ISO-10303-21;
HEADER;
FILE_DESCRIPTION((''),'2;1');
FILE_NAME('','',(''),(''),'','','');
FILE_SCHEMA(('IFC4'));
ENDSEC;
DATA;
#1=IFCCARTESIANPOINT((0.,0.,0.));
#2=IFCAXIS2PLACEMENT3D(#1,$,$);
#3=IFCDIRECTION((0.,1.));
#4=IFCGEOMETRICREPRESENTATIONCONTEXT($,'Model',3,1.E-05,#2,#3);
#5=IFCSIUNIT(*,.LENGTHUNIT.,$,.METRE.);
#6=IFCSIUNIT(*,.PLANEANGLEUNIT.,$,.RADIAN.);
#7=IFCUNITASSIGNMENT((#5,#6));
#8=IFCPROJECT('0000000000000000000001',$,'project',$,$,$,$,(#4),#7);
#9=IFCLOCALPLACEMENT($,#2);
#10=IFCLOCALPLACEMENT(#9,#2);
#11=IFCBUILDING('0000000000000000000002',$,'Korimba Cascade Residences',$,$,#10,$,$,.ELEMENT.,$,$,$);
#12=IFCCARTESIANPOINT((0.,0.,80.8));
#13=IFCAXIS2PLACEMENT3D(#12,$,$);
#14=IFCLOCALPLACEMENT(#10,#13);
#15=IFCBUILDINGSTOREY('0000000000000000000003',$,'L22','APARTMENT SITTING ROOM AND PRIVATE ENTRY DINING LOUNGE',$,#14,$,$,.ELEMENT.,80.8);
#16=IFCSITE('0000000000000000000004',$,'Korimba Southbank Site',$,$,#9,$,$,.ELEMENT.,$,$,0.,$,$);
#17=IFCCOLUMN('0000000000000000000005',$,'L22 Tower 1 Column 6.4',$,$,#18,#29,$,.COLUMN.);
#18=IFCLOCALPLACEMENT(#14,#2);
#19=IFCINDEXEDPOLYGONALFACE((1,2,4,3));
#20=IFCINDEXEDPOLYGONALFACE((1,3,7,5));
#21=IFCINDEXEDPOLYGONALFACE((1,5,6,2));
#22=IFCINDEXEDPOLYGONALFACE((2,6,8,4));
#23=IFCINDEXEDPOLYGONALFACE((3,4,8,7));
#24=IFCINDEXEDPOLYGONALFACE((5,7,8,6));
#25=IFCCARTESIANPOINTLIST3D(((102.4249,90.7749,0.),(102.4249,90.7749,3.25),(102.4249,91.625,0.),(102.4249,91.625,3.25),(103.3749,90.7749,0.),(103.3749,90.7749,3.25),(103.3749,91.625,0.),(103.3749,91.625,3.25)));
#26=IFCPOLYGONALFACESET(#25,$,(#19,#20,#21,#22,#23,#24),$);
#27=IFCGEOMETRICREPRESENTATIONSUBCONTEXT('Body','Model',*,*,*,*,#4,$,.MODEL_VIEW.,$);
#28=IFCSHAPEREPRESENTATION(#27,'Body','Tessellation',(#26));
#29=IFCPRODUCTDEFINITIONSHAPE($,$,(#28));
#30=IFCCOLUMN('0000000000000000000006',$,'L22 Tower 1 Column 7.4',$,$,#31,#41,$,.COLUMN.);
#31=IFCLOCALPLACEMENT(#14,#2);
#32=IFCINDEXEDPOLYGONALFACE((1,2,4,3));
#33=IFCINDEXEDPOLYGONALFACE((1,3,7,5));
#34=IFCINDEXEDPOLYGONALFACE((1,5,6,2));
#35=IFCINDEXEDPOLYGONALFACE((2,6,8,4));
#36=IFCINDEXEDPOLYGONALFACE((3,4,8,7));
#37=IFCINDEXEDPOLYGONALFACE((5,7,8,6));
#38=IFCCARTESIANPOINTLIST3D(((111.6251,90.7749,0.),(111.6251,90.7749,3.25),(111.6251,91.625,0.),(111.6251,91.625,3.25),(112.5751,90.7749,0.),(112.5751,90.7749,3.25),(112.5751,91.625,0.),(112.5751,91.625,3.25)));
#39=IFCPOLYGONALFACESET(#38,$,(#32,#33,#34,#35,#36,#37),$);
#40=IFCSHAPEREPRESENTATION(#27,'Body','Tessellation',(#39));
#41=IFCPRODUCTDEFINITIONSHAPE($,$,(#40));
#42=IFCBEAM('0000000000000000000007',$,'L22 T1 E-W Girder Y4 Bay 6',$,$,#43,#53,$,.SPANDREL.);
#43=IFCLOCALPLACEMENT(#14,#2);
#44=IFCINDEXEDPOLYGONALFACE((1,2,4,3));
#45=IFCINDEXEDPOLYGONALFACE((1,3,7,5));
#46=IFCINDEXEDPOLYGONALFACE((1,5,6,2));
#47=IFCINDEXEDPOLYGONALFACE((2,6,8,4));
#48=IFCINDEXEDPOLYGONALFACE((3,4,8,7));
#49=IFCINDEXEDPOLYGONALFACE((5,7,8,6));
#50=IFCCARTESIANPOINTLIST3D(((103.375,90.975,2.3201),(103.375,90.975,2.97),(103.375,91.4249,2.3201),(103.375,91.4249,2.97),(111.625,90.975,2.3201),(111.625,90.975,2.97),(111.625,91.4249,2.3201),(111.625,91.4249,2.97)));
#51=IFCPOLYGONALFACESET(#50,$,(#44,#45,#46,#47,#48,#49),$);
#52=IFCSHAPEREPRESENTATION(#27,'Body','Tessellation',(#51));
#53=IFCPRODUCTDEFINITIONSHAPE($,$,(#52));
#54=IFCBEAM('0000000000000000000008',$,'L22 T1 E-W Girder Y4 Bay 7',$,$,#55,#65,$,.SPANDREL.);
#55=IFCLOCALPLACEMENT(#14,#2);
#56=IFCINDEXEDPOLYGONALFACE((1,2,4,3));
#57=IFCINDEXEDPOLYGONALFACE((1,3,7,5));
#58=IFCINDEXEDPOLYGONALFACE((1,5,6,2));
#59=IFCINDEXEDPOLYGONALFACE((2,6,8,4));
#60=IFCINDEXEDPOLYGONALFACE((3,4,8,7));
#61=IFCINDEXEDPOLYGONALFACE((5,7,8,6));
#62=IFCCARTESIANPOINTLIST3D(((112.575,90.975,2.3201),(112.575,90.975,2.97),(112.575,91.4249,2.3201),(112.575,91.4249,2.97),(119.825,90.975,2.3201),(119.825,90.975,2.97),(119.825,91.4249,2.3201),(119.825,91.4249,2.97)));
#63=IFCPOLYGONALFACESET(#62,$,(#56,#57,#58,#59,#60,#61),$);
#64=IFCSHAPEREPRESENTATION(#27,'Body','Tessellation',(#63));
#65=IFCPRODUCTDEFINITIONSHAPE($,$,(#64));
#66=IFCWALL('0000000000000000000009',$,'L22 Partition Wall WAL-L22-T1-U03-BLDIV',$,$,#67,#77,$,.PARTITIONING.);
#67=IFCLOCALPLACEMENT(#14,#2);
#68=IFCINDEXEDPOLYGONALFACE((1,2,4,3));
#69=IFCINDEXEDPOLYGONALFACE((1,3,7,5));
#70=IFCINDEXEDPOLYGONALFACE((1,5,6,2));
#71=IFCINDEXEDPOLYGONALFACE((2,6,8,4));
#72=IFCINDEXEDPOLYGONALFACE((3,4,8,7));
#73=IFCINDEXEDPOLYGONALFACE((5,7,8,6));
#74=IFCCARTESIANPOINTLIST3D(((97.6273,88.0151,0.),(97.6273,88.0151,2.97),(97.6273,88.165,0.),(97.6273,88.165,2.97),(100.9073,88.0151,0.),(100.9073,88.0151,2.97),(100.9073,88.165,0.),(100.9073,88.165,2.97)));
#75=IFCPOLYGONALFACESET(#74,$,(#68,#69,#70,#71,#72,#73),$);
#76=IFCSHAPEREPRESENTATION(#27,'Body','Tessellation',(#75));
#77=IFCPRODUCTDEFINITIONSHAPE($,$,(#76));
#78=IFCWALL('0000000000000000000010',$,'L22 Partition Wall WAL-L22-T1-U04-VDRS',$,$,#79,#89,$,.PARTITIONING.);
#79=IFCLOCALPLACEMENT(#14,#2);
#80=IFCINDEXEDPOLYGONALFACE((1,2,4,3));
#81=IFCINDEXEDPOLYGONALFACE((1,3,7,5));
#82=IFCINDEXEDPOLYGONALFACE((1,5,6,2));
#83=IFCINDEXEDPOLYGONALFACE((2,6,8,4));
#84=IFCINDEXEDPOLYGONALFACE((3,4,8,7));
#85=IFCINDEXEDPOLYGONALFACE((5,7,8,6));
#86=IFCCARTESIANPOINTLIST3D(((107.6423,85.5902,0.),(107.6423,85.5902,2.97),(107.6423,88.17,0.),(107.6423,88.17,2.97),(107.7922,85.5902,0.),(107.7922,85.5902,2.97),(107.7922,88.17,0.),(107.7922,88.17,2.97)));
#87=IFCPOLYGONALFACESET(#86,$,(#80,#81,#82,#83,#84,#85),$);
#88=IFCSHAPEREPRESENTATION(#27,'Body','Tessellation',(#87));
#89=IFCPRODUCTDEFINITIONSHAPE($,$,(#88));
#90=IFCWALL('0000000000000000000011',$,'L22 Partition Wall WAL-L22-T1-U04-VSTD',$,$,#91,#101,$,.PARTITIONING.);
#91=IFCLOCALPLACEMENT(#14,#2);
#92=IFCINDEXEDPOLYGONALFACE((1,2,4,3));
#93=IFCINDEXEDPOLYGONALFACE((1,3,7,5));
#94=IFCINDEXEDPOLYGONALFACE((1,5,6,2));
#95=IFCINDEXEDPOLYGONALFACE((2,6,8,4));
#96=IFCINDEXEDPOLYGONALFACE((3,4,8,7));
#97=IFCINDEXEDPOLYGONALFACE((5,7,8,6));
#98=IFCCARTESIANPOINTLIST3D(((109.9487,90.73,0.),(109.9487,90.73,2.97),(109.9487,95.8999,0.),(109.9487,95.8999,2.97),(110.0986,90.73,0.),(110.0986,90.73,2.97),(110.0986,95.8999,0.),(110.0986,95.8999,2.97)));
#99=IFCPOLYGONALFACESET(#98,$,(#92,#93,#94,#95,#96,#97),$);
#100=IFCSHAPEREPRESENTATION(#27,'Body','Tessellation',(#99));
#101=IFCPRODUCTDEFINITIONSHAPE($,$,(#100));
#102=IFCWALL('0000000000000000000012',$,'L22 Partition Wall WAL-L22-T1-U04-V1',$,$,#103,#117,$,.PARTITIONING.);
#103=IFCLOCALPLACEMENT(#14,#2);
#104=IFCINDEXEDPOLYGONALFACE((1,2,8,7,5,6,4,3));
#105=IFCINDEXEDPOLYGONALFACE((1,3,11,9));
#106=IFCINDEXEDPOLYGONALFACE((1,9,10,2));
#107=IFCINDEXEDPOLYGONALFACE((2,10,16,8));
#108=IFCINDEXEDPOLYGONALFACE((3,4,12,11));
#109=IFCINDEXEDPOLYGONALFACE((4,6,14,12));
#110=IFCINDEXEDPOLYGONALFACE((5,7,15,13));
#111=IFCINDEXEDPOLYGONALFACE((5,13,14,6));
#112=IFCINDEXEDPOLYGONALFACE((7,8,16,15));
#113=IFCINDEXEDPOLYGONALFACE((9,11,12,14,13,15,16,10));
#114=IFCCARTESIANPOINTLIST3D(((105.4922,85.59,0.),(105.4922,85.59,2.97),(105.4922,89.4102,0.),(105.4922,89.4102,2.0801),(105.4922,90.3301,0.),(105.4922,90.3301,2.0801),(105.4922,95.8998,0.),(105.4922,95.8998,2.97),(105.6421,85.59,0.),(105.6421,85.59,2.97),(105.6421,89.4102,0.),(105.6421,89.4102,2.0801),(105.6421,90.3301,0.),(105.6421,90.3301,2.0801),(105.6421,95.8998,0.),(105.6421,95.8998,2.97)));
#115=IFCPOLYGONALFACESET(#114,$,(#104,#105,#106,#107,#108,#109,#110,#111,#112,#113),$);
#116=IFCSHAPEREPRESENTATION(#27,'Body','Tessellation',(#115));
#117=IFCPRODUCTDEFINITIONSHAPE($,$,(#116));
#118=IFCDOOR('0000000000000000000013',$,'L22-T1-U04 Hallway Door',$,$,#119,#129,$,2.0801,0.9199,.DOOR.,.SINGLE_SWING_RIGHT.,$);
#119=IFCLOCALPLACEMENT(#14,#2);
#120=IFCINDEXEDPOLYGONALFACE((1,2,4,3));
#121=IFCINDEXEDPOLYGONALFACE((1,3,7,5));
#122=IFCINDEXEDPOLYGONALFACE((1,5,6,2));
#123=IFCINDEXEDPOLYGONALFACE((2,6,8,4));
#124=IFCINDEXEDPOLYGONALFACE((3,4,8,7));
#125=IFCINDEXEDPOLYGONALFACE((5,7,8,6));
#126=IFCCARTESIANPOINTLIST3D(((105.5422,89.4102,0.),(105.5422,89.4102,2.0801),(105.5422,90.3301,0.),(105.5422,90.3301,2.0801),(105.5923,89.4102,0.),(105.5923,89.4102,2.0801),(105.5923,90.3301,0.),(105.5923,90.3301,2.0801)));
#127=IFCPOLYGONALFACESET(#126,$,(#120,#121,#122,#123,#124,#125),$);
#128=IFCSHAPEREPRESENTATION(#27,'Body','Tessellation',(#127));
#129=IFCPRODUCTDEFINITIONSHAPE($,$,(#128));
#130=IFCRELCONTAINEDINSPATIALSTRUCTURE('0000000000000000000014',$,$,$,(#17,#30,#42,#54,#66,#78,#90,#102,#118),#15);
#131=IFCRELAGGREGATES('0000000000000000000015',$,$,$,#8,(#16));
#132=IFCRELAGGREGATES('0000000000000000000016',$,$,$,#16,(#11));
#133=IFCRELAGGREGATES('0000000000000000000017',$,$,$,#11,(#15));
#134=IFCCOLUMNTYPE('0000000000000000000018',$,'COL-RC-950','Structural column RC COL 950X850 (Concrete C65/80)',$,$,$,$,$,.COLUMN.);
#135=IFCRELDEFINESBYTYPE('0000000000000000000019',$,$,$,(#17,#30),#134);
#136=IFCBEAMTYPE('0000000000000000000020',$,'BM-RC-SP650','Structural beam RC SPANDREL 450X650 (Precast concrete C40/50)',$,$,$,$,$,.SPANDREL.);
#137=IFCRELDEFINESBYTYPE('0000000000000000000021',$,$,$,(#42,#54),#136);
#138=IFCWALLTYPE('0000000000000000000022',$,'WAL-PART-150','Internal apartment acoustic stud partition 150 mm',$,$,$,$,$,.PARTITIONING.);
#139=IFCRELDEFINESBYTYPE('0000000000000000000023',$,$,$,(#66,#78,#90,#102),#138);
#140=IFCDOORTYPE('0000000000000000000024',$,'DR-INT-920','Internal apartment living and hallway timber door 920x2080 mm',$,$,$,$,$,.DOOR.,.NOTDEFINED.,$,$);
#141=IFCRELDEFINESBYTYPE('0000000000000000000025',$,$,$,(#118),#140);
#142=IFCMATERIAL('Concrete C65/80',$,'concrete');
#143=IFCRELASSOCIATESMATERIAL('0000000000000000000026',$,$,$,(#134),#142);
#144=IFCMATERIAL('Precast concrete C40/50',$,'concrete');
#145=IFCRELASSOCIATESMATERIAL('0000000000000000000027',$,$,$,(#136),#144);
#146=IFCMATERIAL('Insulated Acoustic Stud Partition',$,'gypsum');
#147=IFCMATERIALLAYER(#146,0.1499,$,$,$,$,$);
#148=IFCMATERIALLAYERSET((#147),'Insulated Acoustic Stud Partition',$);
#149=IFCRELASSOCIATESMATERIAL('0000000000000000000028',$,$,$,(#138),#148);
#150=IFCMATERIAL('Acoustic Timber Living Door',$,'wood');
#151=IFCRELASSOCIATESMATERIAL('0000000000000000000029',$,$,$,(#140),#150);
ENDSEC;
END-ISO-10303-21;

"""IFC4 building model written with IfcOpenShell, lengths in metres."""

from ifc_helpers import new_model, si_unit, direction, frame, frame_2d, origin, origin_2d, place, context, subcontext, project, spatial, rectangle, extrude, material, layer, layer_set, material_profile, profile_set, type_object, element, fill, save


model = new_model("IFC4")

# Units and contexts
model_context = context("Model", 3, precision=1e-05, world=origin(), true_north=direction((0.0, 1.0)))
body_context = subcontext(model_context, "Body", "Model", "MODEL_VIEW")
ifc_project = project(units=[si_unit("LENGTHUNIT", "METRE"), si_unit("PLANEANGLEUNIT", "RADIAN")], contexts=[model_context])

# Site, building, storey
site_placement = place(None, origin())
site = spatial("IfcSite", under=ifc_project, at=site_placement, Name="Korimba Southbank Site", CompositionType="ELEMENT", RefElevation=0.0)
building_placement = place(site_placement, origin())
building = spatial("IfcBuilding", under=site, at=building_placement, Name="Korimba Cascade Residences", CompositionType="ELEMENT")
storey_placement = place(building_placement, frame((0.0, 0.0, 80.8)))
storey = spatial("IfcBuildingStorey", under=building, at=storey_placement, Name="L22", Description="APARTMENT SITTING ROOM AND PRIVATE ENTRY DINING LOUNGE", CompositionType="ELEMENT", Elevation=80.8)

# Columns
ifc_material_1 = material(Name="Concrete C65/80", Category="concrete")
ifc_material_profile_1 = material_profile(ifc_material_1, rectangle(XDim=0.95, YDim=0.8501, at=origin_2d()), Name="Concrete C65/80")
ifc_profile_set_1 = profile_set([ifc_material_profile_1], Name="Concrete C65/80")
column_type = type_object("IfcColumnType", Name="COL-RC-950", Description="Structural column RC COL 950X850 (Concrete C65/80)", PredefinedType="COLUMN", material=ifc_profile_set_1)
for number, where, z_axis, x_axis, name in (
    (1, (102.8999, 91.2, 0.0), (0.0, 0.0, 1.0), (1.0, 0.0, 0.0), "L22 Tower 1 Column 6.4"),
    (2, (112.1001, 91.2, 0.0), (0.0, 0.0, 1.0), (1.0, 0.0, 0.0), "L22 Tower 1 Column 7.4"),
):
    element("IfcColumn", number, at=place(storey_placement, frame(where, z_axis=z_axis, x_axis=x_axis)), inside=storey, type_object=column_type, Name=name, PredefinedType="COLUMN", context=body_context, shape_type="SweptSolid", body=[
        extrude(rectangle(XDim=0.95, YDim=0.8501, at=origin_2d()), origin(), (0.0, 0.0, 1.0), 3.25),
    ])

# Beams
ifc_material_2 = material(Name="Precast concrete C40/50", Category="concrete")
ifc_material_profile_2 = material_profile(ifc_material_2, rectangle(XDim=0.45, YDim=0.6499, at=origin_2d()), Name="Precast concrete C40/50")
ifc_profile_set_2 = profile_set([ifc_material_profile_2], Name="Precast concrete C40/50")
beam_type = type_object("IfcBeamType", Name="BM-RC-SP650", Description="Structural beam RC SPANDREL 450X650 (Precast concrete C40/50)", PredefinedType="SPANDREL", material=ifc_profile_set_2)
beam_1_placement = place(storey_placement, frame((103.375, 91.2, 2.645), z_axis=(1.0, 0.0, 0.0), x_axis=(0.0, 1.0, 0.0)))
element("IfcBeam", 3, at=beam_1_placement, inside=storey, type_object=beam_type, Name="L22 T1 E-W Girder Y4 Bay 6", PredefinedType="SPANDREL", context=body_context, shape_type="SweptSolid", body=[
    extrude(rectangle(XDim=0.45, YDim=0.6499, at=origin_2d()), origin(), (0.0, 0.0, 1.0), 8.25),
])
beam_2_placement = place(storey_placement, frame((112.575, 91.2, 2.645), z_axis=(1.0, 0.0, 0.0), x_axis=(0.0, 1.0, 0.0)))
element("IfcBeam", 4, at=beam_2_placement, inside=storey, type_object=beam_type, Name="L22 T1 E-W Girder Y4 Bay 7", PredefinedType="SPANDREL", context=body_context, shape_type="SweptSolid", body=[
    extrude(rectangle(XDim=0.45, YDim=0.6499, at=origin_2d()), origin(), (0.0, 0.0, 1.0), 7.25),
])

# Walls
ifc_material_3 = material(Name="Insulated Acoustic Stud Partition", Category="gypsum")
ifc_layer = layer(ifc_material_3, 0.1499)
ifc_layer_set = layer_set([ifc_layer], Name="Insulated Acoustic Stud Partition")
wall_type = type_object("IfcWallType", Name="WAL-PART-150", Description="Internal apartment acoustic stud partition 150 mm", PredefinedType="PARTITIONING", material=ifc_layer_set)
wall_1_placement = place(storey_placement, frame((97.6272, 88.0901, 0.0), z_axis=(0.0, 0.0, 1.0), x_axis=(1.0, 0.0, 0.0)))
element("IfcWall", 5, at=wall_1_placement, inside=storey, type_object=wall_type, Name="L22 Partition Wall WAL-L22-T1-U03-BLDIV", PredefinedType="PARTITIONING", context=body_context, shape_type="SweptSolid", body=[
    extrude(rectangle(XDim=3.28, YDim=0.1499, at=frame_2d((1.6401, 0.0))), origin(), (0.0, 0.0, 1.0), 2.97),
])
wall_2_placement = place(storey_placement, frame((107.7173, 85.5901, 0.0), z_axis=(0.0, 0.0, 1.0), x_axis=(0.0, 1.0, 0.0)))
element("IfcWall", 6, at=wall_2_placement, inside=storey, type_object=wall_type, Name="L22 Partition Wall WAL-L22-T1-U04-VDRS", PredefinedType="PARTITIONING", context=body_context, shape_type="SweptSolid", body=[
    extrude(rectangle(XDim=2.5798, YDim=0.1499, at=frame_2d((1.29, 0.0))), origin(), (0.0, 0.0, 1.0), 2.97),
])
wall_3_placement = place(storey_placement, frame((110.0237, 90.73, 0.0), z_axis=(0.0, 0.0, 1.0), x_axis=(0.0, 1.0, 0.0)))
element("IfcWall", 7, at=wall_3_placement, inside=storey, type_object=wall_type, Name="L22 Partition Wall WAL-L22-T1-U04-VSTD", PredefinedType="PARTITIONING", context=body_context, shape_type="SweptSolid", body=[
    extrude(rectangle(XDim=5.1699, YDim=0.1499, at=frame_2d((2.585, 0.0))), origin(), (0.0, 0.0, 1.0), 2.97),
])

# Wall, opening, door
wall_4_placement = place(storey_placement, frame((105.5671, 85.5901, 0.0), z_axis=(0.0, 0.0, 1.0), x_axis=(0.0, 1.0, 0.0)))
wall_4 = element("IfcWall", 8, at=wall_4_placement, inside=storey, type_object=wall_type, Name="L22 Partition Wall WAL-L22-T1-U04-V1", PredefinedType="PARTITIONING", context=body_context, shape_type="SweptSolid", body=[
    extrude(rectangle(XDim=10.3098, YDim=0.1499, at=frame_2d((5.1548, 0.0))), origin(), (0.0, 0.0, 1.0), 2.97),
])
opening_1_placement = place(wall_4_placement, frame((3.8201, 0.0, 0.0)))
opening_1 = element("IfcOpeningElement", 9, at=opening_1_placement, cuts=wall_4, PredefinedType="OPENING", context=body_context, shape_type="SweptSolid", body=[
    extrude(rectangle(XDim=0.9199, YDim=2.0801, at=frame_2d((0.46, 1.04))), frame((0.0, 0.085, 0.0), z_axis=(0.0, -1.0, 0.0), x_axis=(1.0, 0.0, 0.0)), (0.0, 0.0, 1.0), 0.1699),
])
ifc_material_4 = material(Name="Acoustic Timber Living Door", Category="wood")
door_type_1 = type_object("IfcDoorType", Name="DR-INT-920", Description="Internal apartment living and hallway timber door 920x2080 mm", OperationType="NOTDEFINED", PredefinedType="DOOR", material=ifc_material_4)
door_1_placement = place(opening_1_placement, origin())
door_1 = element("IfcDoor", 10, at=door_1_placement, inside=storey, type_object=door_type_1, Name="L22-T1-U04 Hallway Door", OperationType="SINGLE_SWING_RIGHT", OverallHeight=2.0801, OverallWidth=0.9199, PredefinedType="DOOR", context=body_context, shape_type="SweptSolid", body=[
    extrude(rectangle(XDim=0.9199, YDim=2.0801, at=frame_2d((0.46, 1.04))), frame((0.0, 0.0249, 0.0), z_axis=(0.0, -1.0, 0.0), x_axis=(1.0, 0.0, 0.0)), (0.0, 0.0, 1.0), 0.05),
])
fill(opening_1, door_1)

save(model, "model.ifc")
